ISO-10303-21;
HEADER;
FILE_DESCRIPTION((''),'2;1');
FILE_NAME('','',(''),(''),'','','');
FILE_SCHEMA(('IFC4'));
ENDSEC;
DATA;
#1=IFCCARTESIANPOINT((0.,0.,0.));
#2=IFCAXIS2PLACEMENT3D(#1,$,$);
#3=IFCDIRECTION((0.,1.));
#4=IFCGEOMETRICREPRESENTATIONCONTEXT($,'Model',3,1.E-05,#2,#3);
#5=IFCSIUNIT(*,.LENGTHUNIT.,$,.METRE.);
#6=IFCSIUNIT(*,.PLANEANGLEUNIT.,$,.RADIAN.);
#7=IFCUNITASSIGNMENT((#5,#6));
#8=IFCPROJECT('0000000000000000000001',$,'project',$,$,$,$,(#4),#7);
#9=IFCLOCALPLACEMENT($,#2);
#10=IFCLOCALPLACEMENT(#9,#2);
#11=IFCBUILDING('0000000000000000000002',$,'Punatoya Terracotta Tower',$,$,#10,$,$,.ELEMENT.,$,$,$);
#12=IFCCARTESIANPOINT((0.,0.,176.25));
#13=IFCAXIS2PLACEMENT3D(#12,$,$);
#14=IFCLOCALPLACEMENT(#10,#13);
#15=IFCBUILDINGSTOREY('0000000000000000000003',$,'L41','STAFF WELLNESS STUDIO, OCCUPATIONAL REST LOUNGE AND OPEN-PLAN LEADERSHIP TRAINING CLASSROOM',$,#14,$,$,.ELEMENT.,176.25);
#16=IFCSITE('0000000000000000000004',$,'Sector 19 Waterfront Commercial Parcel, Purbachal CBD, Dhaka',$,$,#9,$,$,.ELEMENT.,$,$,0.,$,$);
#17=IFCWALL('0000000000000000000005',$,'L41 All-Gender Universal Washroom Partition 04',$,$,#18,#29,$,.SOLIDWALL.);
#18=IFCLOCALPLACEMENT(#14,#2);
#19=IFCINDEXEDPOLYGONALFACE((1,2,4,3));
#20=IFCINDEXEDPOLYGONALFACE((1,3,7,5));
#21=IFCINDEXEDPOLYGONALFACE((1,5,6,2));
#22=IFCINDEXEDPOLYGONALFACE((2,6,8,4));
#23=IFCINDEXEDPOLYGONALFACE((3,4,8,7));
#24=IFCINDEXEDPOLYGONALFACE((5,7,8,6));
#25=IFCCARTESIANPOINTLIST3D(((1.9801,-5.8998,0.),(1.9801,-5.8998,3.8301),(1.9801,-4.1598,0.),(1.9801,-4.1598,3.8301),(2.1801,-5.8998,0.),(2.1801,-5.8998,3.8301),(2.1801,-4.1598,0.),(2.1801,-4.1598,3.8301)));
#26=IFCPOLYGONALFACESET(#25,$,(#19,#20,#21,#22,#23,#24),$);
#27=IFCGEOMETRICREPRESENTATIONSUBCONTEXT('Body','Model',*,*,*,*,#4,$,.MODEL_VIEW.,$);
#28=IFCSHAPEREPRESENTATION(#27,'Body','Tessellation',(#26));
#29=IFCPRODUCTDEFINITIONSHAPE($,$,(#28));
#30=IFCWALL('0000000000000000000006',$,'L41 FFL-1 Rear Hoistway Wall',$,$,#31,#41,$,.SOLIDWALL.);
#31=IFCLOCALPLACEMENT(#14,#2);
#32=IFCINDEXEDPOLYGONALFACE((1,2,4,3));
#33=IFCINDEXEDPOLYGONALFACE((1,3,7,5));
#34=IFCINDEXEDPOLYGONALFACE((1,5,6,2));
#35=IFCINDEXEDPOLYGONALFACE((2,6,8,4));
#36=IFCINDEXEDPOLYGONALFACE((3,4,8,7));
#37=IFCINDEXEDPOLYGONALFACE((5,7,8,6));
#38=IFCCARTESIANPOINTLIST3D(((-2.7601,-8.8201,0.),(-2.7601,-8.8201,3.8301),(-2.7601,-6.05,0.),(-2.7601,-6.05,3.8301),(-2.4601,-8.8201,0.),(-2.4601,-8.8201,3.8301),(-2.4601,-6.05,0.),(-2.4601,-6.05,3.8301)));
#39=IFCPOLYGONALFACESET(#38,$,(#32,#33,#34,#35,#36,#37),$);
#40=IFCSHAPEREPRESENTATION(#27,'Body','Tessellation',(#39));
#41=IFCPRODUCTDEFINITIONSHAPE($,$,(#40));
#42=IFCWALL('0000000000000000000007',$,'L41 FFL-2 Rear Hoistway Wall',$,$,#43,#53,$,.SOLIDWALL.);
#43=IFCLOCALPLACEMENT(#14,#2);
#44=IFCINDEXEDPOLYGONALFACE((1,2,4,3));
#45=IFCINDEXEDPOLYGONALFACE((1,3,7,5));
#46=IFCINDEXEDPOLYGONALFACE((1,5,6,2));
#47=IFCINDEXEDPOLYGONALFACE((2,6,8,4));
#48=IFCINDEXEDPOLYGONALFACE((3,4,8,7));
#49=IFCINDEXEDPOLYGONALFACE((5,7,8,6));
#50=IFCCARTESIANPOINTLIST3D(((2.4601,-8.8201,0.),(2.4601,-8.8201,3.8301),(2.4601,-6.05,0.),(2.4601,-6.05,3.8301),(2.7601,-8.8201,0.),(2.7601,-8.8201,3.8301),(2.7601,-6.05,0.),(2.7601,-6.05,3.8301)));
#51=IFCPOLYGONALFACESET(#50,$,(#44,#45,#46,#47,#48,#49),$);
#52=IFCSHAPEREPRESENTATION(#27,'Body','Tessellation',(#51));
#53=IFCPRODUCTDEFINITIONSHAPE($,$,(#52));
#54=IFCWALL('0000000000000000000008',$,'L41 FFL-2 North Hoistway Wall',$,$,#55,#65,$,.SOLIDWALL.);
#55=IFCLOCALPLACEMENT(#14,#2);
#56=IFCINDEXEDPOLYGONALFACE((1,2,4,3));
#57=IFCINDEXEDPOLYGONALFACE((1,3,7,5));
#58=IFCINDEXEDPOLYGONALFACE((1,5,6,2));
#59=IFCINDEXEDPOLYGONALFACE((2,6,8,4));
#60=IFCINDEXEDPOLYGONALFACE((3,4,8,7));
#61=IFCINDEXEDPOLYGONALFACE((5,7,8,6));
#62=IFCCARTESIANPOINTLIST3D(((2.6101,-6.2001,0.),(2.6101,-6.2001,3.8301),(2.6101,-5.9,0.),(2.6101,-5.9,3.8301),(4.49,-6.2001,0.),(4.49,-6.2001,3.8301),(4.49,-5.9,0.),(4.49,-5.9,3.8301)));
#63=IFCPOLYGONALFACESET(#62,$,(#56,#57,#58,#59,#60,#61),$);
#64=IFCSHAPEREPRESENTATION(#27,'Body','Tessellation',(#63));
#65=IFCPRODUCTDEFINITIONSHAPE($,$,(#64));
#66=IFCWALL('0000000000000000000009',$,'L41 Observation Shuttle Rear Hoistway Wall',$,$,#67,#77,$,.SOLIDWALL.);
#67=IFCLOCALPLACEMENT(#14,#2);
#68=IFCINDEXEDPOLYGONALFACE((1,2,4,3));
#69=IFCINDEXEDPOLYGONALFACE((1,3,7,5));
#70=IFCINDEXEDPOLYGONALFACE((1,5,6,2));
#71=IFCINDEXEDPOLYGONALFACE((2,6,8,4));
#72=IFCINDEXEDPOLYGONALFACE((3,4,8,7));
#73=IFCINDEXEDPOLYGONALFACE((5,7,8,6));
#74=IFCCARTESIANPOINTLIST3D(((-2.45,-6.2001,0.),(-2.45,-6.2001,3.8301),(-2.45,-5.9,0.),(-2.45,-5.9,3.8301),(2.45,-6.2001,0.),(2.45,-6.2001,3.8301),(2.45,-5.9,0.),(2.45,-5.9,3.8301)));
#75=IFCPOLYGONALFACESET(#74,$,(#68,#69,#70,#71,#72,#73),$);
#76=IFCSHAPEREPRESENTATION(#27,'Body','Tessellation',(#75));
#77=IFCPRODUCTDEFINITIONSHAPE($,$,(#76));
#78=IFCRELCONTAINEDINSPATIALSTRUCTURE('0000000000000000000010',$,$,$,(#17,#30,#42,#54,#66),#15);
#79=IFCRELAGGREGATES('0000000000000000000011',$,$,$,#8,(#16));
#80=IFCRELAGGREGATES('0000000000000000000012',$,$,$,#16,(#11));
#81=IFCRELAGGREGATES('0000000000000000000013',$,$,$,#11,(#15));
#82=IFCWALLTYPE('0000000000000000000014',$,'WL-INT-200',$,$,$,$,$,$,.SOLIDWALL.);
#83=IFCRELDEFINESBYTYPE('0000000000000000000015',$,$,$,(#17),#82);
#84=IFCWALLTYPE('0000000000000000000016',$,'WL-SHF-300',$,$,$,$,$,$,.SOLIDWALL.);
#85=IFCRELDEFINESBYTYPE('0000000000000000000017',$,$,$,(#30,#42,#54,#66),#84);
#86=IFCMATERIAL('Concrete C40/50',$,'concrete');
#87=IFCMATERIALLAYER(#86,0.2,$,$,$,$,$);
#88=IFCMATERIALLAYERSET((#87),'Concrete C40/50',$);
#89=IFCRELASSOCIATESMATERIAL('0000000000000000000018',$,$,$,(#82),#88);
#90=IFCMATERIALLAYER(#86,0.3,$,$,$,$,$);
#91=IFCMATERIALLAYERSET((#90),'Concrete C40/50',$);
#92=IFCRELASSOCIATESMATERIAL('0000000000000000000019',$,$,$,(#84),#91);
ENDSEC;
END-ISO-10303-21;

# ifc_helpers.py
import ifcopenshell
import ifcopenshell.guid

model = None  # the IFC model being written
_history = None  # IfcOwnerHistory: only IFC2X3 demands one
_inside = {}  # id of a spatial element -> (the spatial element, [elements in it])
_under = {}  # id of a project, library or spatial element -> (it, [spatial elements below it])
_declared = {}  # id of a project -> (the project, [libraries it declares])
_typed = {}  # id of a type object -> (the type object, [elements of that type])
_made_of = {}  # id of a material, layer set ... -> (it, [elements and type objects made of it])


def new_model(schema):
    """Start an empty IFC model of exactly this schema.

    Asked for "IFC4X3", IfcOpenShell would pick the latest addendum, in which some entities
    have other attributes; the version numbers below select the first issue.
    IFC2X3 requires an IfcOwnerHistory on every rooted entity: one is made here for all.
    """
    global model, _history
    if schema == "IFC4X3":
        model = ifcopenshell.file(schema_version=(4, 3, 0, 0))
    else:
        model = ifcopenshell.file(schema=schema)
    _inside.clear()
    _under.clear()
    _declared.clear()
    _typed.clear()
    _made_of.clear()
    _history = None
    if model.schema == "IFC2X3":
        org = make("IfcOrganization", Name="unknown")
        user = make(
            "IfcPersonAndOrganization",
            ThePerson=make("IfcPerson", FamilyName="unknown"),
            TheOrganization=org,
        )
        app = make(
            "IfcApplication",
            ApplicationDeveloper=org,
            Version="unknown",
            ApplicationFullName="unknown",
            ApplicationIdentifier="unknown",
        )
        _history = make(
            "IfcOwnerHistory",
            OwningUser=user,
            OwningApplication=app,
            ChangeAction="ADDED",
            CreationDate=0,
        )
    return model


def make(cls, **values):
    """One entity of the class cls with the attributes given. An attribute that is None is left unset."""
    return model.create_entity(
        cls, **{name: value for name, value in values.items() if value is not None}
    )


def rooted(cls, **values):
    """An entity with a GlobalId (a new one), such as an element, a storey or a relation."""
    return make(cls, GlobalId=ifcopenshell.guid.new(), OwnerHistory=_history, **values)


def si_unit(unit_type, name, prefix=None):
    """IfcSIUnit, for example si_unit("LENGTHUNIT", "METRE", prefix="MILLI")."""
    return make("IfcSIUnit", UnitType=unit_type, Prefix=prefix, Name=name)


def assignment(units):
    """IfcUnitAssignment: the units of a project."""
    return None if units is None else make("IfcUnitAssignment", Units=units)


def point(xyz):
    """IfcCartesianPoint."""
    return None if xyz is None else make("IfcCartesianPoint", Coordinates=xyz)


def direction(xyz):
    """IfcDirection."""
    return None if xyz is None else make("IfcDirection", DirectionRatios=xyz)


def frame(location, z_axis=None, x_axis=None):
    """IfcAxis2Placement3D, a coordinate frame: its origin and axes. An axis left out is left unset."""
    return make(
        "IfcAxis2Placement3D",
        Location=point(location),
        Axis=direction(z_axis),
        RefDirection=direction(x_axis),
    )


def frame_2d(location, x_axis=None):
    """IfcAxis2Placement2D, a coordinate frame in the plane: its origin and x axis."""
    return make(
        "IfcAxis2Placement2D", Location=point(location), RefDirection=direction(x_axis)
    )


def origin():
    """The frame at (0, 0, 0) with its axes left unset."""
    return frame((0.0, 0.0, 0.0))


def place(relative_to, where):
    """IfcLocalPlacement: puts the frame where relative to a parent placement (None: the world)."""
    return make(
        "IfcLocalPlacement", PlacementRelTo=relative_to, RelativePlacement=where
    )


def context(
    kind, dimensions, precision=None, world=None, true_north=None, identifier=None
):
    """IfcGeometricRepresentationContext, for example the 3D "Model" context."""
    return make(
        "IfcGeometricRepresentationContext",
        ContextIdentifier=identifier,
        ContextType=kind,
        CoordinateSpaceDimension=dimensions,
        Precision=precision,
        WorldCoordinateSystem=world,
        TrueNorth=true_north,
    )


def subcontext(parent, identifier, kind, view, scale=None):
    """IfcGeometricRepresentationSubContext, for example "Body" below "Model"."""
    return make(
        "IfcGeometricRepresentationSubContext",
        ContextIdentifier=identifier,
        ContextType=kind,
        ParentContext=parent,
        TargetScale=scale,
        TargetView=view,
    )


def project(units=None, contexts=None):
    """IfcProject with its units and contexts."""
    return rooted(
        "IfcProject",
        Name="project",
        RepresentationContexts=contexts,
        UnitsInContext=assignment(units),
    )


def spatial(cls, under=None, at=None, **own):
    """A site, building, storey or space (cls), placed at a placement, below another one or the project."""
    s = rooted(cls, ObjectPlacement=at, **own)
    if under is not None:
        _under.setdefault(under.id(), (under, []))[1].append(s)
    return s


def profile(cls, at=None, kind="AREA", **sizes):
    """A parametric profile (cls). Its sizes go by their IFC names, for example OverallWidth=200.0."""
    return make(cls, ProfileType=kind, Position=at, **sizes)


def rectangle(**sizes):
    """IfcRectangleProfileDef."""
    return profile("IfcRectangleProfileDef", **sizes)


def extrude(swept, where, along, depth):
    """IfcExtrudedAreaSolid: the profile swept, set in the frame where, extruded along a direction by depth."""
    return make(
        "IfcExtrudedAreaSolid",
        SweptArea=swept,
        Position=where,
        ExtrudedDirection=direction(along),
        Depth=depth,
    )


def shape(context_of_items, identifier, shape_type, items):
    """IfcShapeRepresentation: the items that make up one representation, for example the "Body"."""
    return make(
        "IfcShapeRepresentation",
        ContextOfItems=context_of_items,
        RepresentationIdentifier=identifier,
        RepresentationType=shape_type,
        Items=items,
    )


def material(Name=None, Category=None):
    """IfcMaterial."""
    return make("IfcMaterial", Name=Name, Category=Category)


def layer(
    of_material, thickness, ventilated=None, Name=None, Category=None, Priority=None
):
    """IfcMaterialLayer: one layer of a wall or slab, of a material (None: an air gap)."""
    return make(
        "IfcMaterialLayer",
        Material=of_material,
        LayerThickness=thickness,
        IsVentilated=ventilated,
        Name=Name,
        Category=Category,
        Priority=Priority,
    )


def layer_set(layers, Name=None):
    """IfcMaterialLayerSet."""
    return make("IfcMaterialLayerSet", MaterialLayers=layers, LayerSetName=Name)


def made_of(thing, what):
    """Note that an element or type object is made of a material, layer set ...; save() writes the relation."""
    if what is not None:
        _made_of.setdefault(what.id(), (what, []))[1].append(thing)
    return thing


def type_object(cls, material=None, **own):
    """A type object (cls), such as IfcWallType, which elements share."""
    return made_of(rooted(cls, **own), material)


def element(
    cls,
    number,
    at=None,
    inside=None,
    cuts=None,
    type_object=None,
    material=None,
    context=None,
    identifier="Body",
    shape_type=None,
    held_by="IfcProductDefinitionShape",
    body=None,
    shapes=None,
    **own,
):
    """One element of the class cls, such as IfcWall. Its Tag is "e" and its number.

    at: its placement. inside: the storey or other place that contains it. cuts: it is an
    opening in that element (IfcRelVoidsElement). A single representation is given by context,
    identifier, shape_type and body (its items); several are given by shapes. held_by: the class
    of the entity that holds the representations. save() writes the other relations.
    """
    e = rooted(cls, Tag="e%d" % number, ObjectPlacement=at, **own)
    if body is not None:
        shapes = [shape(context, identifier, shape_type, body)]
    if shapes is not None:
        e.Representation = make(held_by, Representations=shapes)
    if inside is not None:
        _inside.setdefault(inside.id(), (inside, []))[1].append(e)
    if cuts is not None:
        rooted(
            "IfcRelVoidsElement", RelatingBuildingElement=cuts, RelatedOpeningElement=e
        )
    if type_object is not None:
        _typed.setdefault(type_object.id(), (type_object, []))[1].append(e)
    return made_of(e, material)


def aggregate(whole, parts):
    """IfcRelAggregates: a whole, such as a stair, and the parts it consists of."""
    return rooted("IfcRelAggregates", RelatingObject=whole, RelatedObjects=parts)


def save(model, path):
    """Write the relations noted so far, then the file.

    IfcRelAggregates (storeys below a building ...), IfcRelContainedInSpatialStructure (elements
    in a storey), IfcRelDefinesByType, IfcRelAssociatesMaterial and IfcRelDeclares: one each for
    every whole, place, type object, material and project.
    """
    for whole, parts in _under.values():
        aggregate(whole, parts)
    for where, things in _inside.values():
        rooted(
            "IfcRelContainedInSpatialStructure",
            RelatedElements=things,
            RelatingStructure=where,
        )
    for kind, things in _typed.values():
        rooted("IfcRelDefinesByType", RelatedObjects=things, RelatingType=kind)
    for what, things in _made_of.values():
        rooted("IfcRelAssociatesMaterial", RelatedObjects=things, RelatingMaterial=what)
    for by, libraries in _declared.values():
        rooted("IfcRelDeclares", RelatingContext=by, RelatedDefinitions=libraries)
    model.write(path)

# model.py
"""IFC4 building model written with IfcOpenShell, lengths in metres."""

from ifc_helpers import new_model, si_unit, direction, frame, frame_2d, origin, place, context, subcontext, project, spatial, rectangle, extrude, material, layer, layer_set, type_object, element, save


model = new_model("IFC4")

# Units and contexts
model_context = context("Model", 3, precision=1e-05, world=origin(), true_north=direction((0.0, 1.0)))
body_context = subcontext(model_context, "Body", "Model", "MODEL_VIEW")
ifc_project = project(units=[si_unit("LENGTHUNIT", "METRE"), si_unit("PLANEANGLEUNIT", "RADIAN")], contexts=[model_context])

# Site, building, storey
site_placement = place(None, origin())
site = spatial("IfcSite", under=ifc_project, at=site_placement, Name="Sector 19 Waterfront Commercial Parcel, Purbachal CBD, Dhaka", CompositionType="ELEMENT", RefElevation=0.0)
building_placement = place(site_placement, origin())
building = spatial("IfcBuilding", under=site, at=building_placement, Name="Punatoya Terracotta Tower", CompositionType="ELEMENT")
storey_placement = place(building_placement, frame((0.0, 0.0, 176.25)))
storey = spatial("IfcBuildingStorey", under=building, at=storey_placement, Name="L41", Description="STAFF WELLNESS STUDIO, OCCUPATIONAL REST LOUNGE AND OPEN-PLAN LEADERSHIP TRAINING CLASSROOM", CompositionType="ELEMENT", Elevation=176.25)

# Shared definitions
ifc_material_1 = material(Name="Concrete C40/50", Category="concrete")

# Shared definitions
ifc_layer_1 = layer(ifc_material_1, 0.2)
ifc_layer_set_1 = layer_set([ifc_layer_1], Name="Concrete C40/50")
wall_type_1 = type_object("IfcWallType", Name="WL-INT-200", PredefinedType="SOLIDWALL", material=ifc_layer_set_1)

# Wall
wall_1_placement = place(storey_placement, frame((2.0801, -5.8999, 0.0), z_axis=(0.0, 0.0, 1.0), x_axis=(0.0, 1.0, 0.0)))
element("IfcWall", 1, at=wall_1_placement, inside=storey, type_object=wall_type_1, Name="L41 All-Gender Universal Washroom Partition 04", PredefinedType="SOLIDWALL", context=body_context, shape_type="SweptSolid", body=[
    extrude(rectangle(XDim=1.74, YDim=0.2, at=frame_2d((0.8701, 0.0))), origin(), (0.0, 0.0, 1.0), 3.8301),
])

# Walls
ifc_layer_2 = layer(ifc_material_1, 0.3)
ifc_layer_set_2 = layer_set([ifc_layer_2], Name="Concrete C40/50")
wall_type_2 = type_object("IfcWallType", Name="WL-SHF-300", PredefinedType="SOLIDWALL", material=ifc_layer_set_2)
for number, where, z_axis, x_axis, name in (
    (2, (-2.6101, -8.8201, 0.0), (0.0, 0.0, 1.0), (0.0, 1.0, 0.0), "L41 FFL-1 Rear Hoistway Wall"),
    (3, (2.6101, -8.8201, 0.0), (0.0, 0.0, 1.0), (0.0, 1.0, 0.0), "L41 FFL-2 Rear Hoistway Wall"),
):
    element("IfcWall", number, at=place(storey_placement, frame(where, z_axis=z_axis, x_axis=x_axis)), inside=storey, type_object=wall_type_2, Name=name, PredefinedType="SOLIDWALL", context=body_context, shape_type="SweptSolid", body=[
        extrude(rectangle(XDim=2.77, YDim=0.3, at=frame_2d((1.385, 0.0))), origin(), (0.0, 0.0, 1.0), 3.8301),
    ])
wall_2_placement = place(storey_placement, frame((2.6101, -6.05, 0.0), z_axis=(0.0, 0.0, 1.0), x_axis=(1.0, 0.0, 0.0)))
element("IfcWall", 4, at=wall_2_placement, inside=storey, type_object=wall_type_2, Name="L41 FFL-2 North Hoistway Wall", PredefinedType="SOLIDWALL", context=body_context, shape_type="SweptSolid", body=[
    extrude(rectangle(XDim=1.8799, YDim=0.3, at=frame_2d((0.9399, 0.0))), origin(), (0.0, 0.0, 1.0), 3.8301),
])
wall_3_placement = place(storey_placement, frame((-2.45, -6.05, 0.0), z_axis=(0.0, 0.0, 1.0), x_axis=(1.0, 0.0, 0.0)))
element("IfcWall", 5, at=wall_3_placement, inside=storey, type_object=wall_type_2, Name="L41 Observation Shuttle Rear Hoistway Wall", PredefinedType="SOLIDWALL", context=body_context, shape_type="SweptSolid", body=[
    extrude(rectangle(XDim=4.8999, YDim=0.3, at=frame_2d((2.45, 0.0))), origin(), (0.0, 0.0, 1.0), 3.8301),
])

save(model, "model.ifc")
